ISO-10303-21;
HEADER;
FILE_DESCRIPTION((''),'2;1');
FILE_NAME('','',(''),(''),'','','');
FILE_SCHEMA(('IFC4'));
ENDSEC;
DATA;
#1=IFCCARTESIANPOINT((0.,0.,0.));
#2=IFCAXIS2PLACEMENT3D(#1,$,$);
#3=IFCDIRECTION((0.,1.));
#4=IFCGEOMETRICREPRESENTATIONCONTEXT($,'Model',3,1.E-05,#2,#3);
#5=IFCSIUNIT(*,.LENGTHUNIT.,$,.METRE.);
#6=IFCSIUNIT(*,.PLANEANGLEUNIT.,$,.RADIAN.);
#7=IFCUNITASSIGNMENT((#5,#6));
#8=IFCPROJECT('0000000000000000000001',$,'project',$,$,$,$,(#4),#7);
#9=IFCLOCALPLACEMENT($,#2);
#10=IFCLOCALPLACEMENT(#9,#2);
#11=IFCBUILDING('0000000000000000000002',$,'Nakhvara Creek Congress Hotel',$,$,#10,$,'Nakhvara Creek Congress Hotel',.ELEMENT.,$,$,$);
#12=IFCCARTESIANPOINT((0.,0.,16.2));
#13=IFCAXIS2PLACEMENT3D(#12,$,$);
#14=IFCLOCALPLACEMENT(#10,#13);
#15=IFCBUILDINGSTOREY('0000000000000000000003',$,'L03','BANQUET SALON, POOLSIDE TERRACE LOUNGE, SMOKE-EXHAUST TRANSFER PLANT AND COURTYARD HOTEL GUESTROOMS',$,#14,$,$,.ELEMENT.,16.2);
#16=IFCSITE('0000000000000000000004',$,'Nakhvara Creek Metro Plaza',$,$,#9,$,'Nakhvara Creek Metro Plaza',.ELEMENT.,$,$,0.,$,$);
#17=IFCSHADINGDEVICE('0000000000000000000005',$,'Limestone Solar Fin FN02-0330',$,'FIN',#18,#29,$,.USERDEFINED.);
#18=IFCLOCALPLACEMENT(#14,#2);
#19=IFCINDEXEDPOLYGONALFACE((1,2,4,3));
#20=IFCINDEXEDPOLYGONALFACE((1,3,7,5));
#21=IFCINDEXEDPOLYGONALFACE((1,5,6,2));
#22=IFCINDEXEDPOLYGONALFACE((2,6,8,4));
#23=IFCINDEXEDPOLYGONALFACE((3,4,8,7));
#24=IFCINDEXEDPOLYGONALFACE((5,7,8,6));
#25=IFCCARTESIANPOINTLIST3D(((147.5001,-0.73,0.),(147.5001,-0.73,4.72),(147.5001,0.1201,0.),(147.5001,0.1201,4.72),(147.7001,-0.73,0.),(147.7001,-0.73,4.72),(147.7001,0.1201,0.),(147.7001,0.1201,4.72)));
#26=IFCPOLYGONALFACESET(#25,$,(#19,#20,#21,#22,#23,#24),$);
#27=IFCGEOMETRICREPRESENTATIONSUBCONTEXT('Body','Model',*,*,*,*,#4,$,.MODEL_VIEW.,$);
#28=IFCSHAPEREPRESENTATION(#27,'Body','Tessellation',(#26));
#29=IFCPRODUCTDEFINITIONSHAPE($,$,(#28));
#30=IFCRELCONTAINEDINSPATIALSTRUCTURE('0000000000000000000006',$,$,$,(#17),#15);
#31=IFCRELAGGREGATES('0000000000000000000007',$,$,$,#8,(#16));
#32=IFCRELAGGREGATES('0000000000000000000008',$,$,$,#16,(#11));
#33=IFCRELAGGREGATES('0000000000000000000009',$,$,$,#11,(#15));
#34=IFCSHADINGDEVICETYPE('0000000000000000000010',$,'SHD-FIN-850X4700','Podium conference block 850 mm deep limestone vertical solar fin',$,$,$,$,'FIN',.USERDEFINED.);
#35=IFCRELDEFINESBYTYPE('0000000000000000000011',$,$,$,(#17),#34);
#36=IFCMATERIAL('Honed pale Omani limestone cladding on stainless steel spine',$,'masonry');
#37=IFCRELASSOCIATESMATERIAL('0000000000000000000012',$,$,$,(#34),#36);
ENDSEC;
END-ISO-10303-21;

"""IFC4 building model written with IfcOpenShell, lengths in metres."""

from ifc_helpers import new_model, si_unit, direction, frame, origin, origin_2d, place, context, subcontext, project, spatial, rectangle, extrude, material, type_object, element, save


model = new_model("IFC4")

# Units and contexts
model_context = context("Model", 3, precision=1e-05, world=origin(), true_north=direction((0.0, 1.0)))
body_context = subcontext(model_context, "Body", "Model", "MODEL_VIEW")
ifc_project = project(units=[si_unit("LENGTHUNIT", "METRE"), si_unit("PLANEANGLEUNIT", "RADIAN")], contexts=[model_context])

# Site, building, storey
site_placement = place(None, origin())
site = spatial("IfcSite", under=ifc_project, at=site_placement, Name="Nakhvara Creek Metro Plaza", LongName="Nakhvara Creek Metro Plaza", CompositionType="ELEMENT", RefElevation=0.0)
building_placement = place(site_placement, origin())
building = spatial("IfcBuilding", under=site, at=building_placement, Name="Nakhvara Creek Congress Hotel", LongName="Nakhvara Creek Congress Hotel", CompositionType="ELEMENT")
storey_placement = place(building_placement, frame((0.0, 0.0, 16.2)))
storey = spatial("IfcBuildingStorey", under=building, at=storey_placement, Name="L03", Description="BANQUET SALON, POOLSIDE TERRACE LOUNGE, SMOKE-EXHAUST TRANSFER PLANT AND COURTYARD HOTEL GUESTROOMS", CompositionType="ELEMENT", Elevation=16.2)

# Shading device
ifc_material_1 = material(Name="Honed pale Omani limestone cladding on stainless steel spine", Category="masonry")
shading_device_type = type_object("IfcShadingDeviceType", Name="SHD-FIN-850X4700", Description="Podium conference block 850 mm deep limestone vertical solar fin", ElementType="FIN", PredefinedType="USERDEFINED", material=ifc_material_1)
for number, where, z_axis, x_axis, name in (
    (1, (147.6001, -0.3049, 0.0), (0.0, 0.0, 1.0), (1.0, 0.0, 0.0), "Limestone Solar Fin FN02-0330"),
):
    element("IfcShadingDevice", number, at=place(storey_placement, frame(where, z_axis=z_axis, x_axis=x_axis)), inside=storey, type_object=shading_device_type, Name=name, ObjectType="FIN", PredefinedType="USERDEFINED", context=body_context, shape_type="SweptSolid", body=[
        extrude(rectangle(XDim=0.2, YDim=0.8501, at=origin_2d()), origin(), (0.0, 0.0, 1.0), 4.72),
    ])

save(model, "model.ifc")
